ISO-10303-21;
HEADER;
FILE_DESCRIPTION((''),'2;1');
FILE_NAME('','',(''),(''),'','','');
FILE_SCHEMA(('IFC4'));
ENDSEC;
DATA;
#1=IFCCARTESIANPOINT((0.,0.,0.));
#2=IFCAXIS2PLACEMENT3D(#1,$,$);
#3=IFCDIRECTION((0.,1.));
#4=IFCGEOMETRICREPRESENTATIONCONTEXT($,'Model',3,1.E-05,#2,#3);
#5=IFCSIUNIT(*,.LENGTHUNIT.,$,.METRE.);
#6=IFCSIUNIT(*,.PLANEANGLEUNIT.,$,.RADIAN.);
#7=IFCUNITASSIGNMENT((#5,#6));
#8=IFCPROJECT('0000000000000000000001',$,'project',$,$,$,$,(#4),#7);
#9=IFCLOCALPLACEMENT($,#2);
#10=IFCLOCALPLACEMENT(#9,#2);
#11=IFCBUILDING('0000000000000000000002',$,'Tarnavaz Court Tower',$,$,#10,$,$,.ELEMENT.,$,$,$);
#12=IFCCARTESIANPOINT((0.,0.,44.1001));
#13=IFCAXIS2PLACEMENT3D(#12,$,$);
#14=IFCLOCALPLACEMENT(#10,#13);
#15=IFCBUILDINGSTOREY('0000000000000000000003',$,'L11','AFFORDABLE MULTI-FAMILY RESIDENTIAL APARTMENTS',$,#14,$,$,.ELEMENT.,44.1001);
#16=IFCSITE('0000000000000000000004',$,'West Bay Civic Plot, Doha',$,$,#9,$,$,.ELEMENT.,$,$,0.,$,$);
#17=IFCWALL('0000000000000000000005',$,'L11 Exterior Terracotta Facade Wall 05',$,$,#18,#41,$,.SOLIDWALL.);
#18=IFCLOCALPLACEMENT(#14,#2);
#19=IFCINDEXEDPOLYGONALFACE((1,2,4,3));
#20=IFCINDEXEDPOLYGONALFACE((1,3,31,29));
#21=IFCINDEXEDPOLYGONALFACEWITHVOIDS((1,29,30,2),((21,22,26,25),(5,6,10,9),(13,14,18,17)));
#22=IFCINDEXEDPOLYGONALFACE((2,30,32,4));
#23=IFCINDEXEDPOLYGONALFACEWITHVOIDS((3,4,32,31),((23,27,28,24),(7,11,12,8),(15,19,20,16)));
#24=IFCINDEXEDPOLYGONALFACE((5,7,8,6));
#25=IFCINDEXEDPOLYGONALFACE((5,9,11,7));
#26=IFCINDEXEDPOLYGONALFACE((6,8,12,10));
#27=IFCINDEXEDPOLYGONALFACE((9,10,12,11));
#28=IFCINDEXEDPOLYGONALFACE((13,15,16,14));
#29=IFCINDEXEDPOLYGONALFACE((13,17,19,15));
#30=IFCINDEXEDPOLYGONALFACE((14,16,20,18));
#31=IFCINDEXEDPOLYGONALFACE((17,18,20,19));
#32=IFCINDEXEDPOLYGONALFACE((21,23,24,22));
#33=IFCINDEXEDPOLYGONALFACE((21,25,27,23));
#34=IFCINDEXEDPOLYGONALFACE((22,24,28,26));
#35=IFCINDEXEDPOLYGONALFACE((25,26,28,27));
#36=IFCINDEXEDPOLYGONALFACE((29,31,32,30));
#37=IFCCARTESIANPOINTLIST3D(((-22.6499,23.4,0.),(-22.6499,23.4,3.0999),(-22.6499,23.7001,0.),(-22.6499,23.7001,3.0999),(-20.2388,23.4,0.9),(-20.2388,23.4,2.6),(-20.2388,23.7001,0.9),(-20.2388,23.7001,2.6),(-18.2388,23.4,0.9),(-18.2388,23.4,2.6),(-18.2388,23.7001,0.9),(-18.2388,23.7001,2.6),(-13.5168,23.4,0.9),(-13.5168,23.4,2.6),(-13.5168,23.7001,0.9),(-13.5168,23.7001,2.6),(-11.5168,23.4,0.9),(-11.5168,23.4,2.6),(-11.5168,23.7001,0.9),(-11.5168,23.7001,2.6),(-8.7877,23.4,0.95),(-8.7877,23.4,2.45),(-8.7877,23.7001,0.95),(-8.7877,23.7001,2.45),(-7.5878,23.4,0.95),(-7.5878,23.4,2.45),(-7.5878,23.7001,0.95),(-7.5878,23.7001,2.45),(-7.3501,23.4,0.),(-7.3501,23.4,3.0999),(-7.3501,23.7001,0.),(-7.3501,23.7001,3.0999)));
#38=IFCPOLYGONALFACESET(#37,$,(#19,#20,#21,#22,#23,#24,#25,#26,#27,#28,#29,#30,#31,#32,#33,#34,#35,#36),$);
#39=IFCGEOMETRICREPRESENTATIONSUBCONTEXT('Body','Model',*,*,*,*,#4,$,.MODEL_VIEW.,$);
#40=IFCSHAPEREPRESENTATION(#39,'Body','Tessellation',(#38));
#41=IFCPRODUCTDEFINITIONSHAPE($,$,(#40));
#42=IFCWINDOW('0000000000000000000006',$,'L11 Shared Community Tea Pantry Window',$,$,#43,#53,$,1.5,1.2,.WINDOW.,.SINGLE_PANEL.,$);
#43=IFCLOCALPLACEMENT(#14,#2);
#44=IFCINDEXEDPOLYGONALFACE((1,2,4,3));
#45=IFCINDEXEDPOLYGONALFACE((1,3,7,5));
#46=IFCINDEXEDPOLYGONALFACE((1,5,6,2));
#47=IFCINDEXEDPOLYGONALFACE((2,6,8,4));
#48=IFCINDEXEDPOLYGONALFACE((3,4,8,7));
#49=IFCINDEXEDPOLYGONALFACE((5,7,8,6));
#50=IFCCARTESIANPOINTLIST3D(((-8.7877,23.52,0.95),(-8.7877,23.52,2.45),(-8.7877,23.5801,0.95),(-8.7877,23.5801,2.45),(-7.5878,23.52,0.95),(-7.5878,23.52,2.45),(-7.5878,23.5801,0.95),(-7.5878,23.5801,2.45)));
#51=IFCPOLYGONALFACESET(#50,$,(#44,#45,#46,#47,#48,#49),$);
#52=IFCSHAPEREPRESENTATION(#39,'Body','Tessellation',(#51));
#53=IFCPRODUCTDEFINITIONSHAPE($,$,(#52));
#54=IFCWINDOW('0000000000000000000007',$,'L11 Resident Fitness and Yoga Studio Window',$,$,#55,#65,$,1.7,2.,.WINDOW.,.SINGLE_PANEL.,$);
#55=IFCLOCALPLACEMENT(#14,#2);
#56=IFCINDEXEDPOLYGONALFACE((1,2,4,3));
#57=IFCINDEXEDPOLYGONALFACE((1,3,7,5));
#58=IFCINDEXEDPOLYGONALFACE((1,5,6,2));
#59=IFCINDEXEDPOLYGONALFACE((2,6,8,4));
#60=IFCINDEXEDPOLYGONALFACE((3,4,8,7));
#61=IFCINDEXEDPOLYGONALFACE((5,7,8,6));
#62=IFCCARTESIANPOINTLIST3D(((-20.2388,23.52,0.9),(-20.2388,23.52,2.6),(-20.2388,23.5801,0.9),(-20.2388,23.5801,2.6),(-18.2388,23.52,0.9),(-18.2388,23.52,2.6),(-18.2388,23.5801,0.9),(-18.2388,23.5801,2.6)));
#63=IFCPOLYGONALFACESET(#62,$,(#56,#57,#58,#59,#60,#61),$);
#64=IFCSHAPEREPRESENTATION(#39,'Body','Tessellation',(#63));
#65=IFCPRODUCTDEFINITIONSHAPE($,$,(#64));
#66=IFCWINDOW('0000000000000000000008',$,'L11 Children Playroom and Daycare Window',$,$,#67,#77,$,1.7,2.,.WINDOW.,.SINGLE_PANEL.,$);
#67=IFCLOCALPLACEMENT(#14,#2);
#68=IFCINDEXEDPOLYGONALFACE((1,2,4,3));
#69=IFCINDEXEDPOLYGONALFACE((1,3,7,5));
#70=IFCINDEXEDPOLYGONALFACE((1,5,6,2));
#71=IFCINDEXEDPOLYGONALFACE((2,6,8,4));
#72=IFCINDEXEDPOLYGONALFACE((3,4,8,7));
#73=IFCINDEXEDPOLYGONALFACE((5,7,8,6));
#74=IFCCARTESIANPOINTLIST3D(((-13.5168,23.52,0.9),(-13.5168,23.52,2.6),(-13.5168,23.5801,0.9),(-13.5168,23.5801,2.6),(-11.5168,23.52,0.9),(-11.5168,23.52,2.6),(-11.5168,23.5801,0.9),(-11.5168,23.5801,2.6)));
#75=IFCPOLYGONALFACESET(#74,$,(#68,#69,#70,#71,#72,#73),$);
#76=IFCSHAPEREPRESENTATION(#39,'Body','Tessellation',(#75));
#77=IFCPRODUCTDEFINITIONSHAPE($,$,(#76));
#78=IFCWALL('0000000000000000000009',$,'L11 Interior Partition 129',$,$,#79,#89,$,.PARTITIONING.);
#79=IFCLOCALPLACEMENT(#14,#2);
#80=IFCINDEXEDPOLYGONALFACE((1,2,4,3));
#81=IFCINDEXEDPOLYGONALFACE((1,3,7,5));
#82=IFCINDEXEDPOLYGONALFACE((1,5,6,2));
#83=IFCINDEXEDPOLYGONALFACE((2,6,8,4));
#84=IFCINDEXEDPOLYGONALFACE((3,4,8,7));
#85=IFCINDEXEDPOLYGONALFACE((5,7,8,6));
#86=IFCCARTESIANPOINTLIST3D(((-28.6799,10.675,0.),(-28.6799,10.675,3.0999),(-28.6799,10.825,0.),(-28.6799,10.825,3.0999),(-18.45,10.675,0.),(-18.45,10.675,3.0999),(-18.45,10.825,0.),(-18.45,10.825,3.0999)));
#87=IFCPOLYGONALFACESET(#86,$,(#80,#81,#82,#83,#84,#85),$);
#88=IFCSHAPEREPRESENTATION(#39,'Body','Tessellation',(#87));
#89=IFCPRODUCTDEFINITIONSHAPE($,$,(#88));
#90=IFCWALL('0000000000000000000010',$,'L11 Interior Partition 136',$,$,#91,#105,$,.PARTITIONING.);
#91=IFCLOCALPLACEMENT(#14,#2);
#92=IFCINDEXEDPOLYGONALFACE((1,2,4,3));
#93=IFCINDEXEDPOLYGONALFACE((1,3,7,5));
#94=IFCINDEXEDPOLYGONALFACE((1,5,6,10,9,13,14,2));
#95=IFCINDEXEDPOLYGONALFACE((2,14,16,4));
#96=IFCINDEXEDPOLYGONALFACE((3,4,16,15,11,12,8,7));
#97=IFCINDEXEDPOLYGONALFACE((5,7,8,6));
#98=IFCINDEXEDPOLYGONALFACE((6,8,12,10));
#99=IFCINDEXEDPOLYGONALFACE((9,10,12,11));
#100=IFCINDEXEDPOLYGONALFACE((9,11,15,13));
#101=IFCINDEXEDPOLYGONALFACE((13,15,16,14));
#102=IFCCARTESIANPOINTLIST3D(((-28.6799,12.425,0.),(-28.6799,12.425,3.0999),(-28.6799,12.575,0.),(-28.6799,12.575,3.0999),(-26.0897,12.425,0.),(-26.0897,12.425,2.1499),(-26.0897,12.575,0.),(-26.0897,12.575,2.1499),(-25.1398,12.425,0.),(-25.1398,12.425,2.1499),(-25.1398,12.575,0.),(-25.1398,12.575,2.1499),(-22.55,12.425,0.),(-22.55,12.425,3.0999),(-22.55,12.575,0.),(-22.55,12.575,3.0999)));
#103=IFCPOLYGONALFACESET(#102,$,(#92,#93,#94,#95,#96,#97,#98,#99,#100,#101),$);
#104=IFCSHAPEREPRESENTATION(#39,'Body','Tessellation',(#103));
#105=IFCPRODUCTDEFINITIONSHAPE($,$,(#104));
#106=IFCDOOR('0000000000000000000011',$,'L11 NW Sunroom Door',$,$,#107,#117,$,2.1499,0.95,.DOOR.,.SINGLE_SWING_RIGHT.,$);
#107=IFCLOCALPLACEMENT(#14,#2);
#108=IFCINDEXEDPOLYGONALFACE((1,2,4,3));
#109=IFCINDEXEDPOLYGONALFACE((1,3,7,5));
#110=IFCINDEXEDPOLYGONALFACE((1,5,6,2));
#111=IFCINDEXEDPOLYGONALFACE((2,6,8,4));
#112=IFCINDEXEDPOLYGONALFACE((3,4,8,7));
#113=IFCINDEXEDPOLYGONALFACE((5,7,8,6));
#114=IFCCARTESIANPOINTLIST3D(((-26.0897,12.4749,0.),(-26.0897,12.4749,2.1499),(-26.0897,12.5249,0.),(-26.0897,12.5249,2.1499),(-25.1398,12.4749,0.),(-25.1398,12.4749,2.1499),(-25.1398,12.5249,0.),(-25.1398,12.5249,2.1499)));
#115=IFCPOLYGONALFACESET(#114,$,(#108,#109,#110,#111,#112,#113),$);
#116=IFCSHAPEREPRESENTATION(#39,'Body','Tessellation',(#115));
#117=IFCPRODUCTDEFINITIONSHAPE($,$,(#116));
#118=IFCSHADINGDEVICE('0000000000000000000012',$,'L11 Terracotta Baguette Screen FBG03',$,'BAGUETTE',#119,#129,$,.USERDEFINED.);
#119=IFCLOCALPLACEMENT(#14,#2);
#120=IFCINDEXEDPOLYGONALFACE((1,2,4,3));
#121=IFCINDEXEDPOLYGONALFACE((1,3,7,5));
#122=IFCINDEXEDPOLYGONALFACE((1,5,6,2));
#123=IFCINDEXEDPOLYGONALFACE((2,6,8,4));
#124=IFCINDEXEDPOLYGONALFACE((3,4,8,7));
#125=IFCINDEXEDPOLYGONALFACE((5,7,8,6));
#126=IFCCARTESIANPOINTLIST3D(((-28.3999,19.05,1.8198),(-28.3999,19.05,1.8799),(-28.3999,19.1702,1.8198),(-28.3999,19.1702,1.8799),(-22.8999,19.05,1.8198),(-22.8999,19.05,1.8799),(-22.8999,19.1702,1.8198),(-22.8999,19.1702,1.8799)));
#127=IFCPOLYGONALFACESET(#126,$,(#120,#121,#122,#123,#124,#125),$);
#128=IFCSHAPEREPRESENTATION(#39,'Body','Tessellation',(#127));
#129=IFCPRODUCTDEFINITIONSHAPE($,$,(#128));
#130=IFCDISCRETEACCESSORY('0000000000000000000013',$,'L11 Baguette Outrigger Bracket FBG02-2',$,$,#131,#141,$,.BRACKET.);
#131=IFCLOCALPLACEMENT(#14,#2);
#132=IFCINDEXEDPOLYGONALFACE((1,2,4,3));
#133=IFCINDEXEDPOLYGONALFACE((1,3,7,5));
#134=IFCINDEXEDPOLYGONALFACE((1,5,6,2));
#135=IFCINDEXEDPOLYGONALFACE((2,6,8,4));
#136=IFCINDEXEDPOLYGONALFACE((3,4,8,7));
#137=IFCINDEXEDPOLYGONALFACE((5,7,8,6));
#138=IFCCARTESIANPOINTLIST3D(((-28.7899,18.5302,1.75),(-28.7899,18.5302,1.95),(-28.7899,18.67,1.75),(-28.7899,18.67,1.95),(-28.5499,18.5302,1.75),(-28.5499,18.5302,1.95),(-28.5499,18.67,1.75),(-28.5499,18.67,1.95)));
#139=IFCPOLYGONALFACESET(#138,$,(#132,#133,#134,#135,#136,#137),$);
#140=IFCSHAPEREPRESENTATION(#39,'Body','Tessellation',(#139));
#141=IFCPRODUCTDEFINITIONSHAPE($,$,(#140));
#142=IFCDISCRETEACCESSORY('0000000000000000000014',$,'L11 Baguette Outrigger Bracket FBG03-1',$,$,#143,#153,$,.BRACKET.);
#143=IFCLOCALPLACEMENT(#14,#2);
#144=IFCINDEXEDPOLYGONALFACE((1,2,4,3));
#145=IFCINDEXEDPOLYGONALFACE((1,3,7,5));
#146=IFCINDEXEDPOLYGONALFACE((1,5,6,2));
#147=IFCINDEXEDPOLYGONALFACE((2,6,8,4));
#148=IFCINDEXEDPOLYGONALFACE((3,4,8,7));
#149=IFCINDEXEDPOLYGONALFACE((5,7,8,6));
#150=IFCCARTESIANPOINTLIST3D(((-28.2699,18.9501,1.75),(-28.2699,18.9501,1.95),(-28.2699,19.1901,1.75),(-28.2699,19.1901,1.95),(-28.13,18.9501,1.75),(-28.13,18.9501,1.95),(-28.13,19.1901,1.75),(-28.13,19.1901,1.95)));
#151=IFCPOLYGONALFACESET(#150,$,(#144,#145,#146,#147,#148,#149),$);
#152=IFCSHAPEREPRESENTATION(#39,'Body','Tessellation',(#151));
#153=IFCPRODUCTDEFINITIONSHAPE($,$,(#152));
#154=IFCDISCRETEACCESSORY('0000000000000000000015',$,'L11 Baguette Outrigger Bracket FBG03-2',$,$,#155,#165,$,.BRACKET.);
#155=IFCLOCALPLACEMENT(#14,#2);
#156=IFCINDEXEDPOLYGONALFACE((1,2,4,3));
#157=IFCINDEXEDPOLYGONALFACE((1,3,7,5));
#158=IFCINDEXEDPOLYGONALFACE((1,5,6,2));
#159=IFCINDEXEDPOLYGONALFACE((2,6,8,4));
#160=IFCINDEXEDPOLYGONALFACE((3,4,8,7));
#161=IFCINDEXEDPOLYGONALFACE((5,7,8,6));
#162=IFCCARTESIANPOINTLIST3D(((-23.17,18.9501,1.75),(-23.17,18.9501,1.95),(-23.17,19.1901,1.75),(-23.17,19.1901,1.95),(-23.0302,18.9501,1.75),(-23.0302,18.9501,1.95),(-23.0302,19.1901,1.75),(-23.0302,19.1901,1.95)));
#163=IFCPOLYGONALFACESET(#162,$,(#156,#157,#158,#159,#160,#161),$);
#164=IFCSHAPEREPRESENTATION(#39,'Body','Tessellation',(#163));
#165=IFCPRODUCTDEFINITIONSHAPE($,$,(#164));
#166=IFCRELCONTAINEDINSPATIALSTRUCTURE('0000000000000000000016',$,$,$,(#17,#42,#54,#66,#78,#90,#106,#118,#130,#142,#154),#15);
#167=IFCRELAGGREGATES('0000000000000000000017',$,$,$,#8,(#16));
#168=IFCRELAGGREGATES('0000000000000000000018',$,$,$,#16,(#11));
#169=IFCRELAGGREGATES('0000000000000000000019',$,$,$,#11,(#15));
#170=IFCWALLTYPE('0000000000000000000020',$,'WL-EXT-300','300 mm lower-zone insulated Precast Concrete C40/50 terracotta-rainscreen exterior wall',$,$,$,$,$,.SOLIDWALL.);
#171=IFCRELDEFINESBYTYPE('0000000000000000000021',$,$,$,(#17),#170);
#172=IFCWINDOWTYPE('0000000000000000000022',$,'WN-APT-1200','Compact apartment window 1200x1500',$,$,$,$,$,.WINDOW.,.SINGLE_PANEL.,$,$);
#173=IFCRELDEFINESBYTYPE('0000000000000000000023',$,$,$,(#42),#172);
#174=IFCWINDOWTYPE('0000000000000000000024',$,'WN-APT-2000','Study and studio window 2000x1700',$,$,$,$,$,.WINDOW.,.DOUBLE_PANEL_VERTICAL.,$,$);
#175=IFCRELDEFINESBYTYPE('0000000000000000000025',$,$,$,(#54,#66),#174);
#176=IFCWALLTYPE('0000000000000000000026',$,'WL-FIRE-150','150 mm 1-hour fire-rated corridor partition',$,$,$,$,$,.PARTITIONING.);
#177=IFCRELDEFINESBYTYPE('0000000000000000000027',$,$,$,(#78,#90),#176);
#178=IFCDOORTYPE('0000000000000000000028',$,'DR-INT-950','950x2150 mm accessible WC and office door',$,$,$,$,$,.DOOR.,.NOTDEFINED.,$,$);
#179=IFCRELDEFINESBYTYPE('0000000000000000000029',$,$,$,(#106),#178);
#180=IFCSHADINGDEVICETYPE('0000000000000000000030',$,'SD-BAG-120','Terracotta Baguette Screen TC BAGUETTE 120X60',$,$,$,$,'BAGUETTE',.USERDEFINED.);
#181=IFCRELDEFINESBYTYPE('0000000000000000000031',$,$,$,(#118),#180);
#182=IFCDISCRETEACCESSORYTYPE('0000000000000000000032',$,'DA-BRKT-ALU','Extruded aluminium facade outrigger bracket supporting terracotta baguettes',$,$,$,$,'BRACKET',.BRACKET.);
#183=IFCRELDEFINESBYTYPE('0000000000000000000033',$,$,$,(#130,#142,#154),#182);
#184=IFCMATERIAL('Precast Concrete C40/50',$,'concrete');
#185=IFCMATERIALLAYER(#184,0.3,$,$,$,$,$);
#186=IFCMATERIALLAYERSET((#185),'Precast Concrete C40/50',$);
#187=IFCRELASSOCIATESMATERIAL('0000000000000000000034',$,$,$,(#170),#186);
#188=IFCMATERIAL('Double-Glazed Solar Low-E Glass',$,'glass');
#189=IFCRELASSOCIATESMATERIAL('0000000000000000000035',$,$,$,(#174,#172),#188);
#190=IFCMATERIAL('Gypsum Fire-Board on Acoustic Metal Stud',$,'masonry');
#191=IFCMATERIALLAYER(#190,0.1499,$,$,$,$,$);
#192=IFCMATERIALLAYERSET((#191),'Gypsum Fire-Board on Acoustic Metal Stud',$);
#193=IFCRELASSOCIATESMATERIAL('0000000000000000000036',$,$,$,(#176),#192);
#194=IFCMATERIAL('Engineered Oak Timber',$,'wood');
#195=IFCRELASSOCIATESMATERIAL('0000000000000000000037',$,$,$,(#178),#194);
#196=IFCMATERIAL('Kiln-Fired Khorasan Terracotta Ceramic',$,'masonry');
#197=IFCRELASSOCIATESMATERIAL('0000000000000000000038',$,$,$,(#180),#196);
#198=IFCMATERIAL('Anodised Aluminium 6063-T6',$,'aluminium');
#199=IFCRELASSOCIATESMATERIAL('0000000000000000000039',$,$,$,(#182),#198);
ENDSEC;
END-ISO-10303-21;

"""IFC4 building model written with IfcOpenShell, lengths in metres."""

from ifc_helpers import new_model, si_unit, direction, frame, frame_2d, origin, origin_2d, place, context, subcontext, project, spatial, rectangle, extrude, material, layer, layer_set, material_profile, profile_set, type_object, element, fill, save


model = new_model("IFC4")

# Units and contexts
model_context = context("Model", 3, precision=1e-05, world=origin(), true_north=direction((0.0, 1.0)))
body_context = subcontext(model_context, "Body", "Model", "MODEL_VIEW")
ifc_project = project(units=[si_unit("LENGTHUNIT", "METRE"), si_unit("PLANEANGLEUNIT", "RADIAN")], contexts=[model_context])

# Site, building, storey
site_placement = place(None, origin())
site = spatial("IfcSite", under=ifc_project, at=site_placement, Name="West Bay Civic Plot, Doha", CompositionType="ELEMENT", RefElevation=0.0)
building_placement = place(site_placement, origin())
building = spatial("IfcBuilding", under=site, at=building_placement, Name="Tarnavaz Court Tower", CompositionType="ELEMENT")
storey_placement = place(building_placement, frame((0.0, 0.0, 44.1001)))
storey = spatial("IfcBuildingStorey", under=building, at=storey_placement, Name="L11", Description="AFFORDABLE MULTI-FAMILY RESIDENTIAL APARTMENTS", CompositionType="ELEMENT", Elevation=44.1001)

# Shared definitions
ifc_material_1 = material(Name="Precast Concrete C40/50", Category="concrete")
ifc_layer_1 = layer(ifc_material_1, 0.3)
ifc_layer_set_1 = layer_set([ifc_layer_1], Name="Precast Concrete C40/50")
wall_type_1 = type_object("IfcWallType", Name="WL-EXT-300", Description="300 mm lower-zone insulated Precast Concrete C40/50 terracotta-rainscreen exterior wall", PredefinedType="SOLIDWALL", material=ifc_layer_set_1)
ifc_material_2 = material(Name="Double-Glazed Solar Low-E Glass", Category="glass")
window_type_1 = type_object("IfcWindowType", Name="WN-APT-2000", Description="Study and studio window 2000x1700", PartitioningType="DOUBLE_PANEL_VERTICAL", PredefinedType="WINDOW", material=ifc_material_2)

# Wall, openings, windows
wall_1_placement = place(storey_placement, frame((-22.6499, 23.55, 0.0), z_axis=(0.0, 0.0, 1.0), x_axis=(1.0, 0.0, 0.0)))
wall_1 = element("IfcWall", 1, at=wall_1_placement, inside=storey, type_object=wall_type_1, Name="L11 Exterior Terracotta Facade Wall 05", PredefinedType="SOLIDWALL", context=body_context, shape_type="SweptSolid", body=[
    extrude(rectangle(XDim=15.2998, YDim=0.3, at=frame_2d((7.6499, 0.0))), origin(), (0.0, 0.0, 1.0), 3.0999),
])
opening_1_placement = place(wall_1_placement, frame((2.4111, 0.0, 0.8999)))
opening_1 = element("IfcOpeningElement", 2, at=opening_1_placement, cuts=wall_1, PredefinedType="OPENING", context=body_context, shape_type="SweptSolid", body=[
    extrude(rectangle(XDim=2.0, YDim=1.7, at=frame_2d((1.0, 0.8501))), frame((0.0, 0.1599, 0.0), z_axis=(0.0, -1.0, 0.0), x_axis=(1.0, 0.0, 0.0)), (0.0, 0.0, 1.0), 0.3201),
])
opening_2_placement = place(wall_1_placement, frame((9.1331, 0.0, 0.8999)))
opening_2 = element("IfcOpeningElement", 3, at=opening_2_placement, cuts=wall_1, PredefinedType="OPENING", context=body_context, shape_type="SweptSolid", body=[
    extrude(rectangle(XDim=2.0, YDim=1.7, at=frame_2d((1.0, 0.8501))), frame((0.0, 0.1599, 0.0), z_axis=(0.0, -1.0, 0.0), x_axis=(1.0, 0.0, 0.0)), (0.0, 0.0, 1.0), 0.3201),
])
opening_3_placement = place(wall_1_placement, frame((13.8621, 0.0, 0.95)))
opening_3 = element("IfcOpeningElement", 4, at=opening_3_placement, cuts=wall_1, PredefinedType="OPENING", context=body_context, shape_type="SweptSolid", body=[
    extrude(rectangle(XDim=1.2, YDim=1.5, at=frame_2d((0.6001, 0.75))), frame((0.0, 0.1599, 0.0), z_axis=(0.0, -1.0, 0.0), x_axis=(1.0, 0.0, 0.0)), (0.0, 0.0, 1.0), 0.3201),
])
window_type_2 = type_object("IfcWindowType", Name="WN-APT-1200", Description="Compact apartment window 1200x1500", PartitioningType="SINGLE_PANEL", PredefinedType="WINDOW", material=ifc_material_2)
window_1_placement = place(opening_3_placement, origin())
window_1 = element("IfcWindow", 5, at=window_1_placement, inside=storey, type_object=window_type_2, Name="L11 Shared Community Tea Pantry Window", OverallHeight=1.5, OverallWidth=1.2, PartitioningType="SINGLE_PANEL", PredefinedType="WINDOW", context=body_context, shape_type="SweptSolid", body=[
    extrude(rectangle(XDim=1.2, YDim=1.5, at=frame_2d((0.6001, 0.75))), frame((0.0, 0.03, 0.0), z_axis=(0.0, -1.0, 0.0), x_axis=(1.0, 0.0, 0.0)), (0.0, 0.0, 1.0), 0.0601),
])
fill(opening_3, window_1)
window_2_placement = place(opening_1_placement, origin())
window_2 = element("IfcWindow", 6, at=window_2_placement, inside=storey, type_object=window_type_1, Name="L11 Resident Fitness and Yoga Studio Window", OverallHeight=1.7, OverallWidth=2.0, PartitioningType="SINGLE_PANEL", PredefinedType="WINDOW", context=body_context, shape_type="SweptSolid", body=[
    extrude(rectangle(XDim=2.0, YDim=1.7, at=frame_2d((1.0, 0.8501))), frame((0.0, 0.03, 0.0), z_axis=(0.0, -1.0, 0.0), x_axis=(1.0, 0.0, 0.0)), (0.0, 0.0, 1.0), 0.0601),
])
fill(opening_1, window_2)
window_3_placement = place(opening_2_placement, origin())
window_3 = element("IfcWindow", 7, at=window_3_placement, inside=storey, type_object=window_type_1, Name="L11 Children Playroom and Daycare Window", OverallHeight=1.7, OverallWidth=2.0, PartitioningType="SINGLE_PANEL", PredefinedType="WINDOW", context=body_context, shape_type="SweptSolid", body=[
    extrude(rectangle(XDim=2.0, YDim=1.7, at=frame_2d((1.0, 0.8501))), frame((0.0, 0.03, 0.0), z_axis=(0.0, -1.0, 0.0), x_axis=(1.0, 0.0, 0.0)), (0.0, 0.0, 1.0), 0.0601),
])
fill(opening_2, window_3)

# Wall
ifc_material_3 = material(Name="Gypsum Fire-Board on Acoustic Metal Stud", Category="masonry")
ifc_layer_2 = layer(ifc_material_3, 0.1499)
ifc_layer_set_2 = layer_set([ifc_layer_2], Name="Gypsum Fire-Board on Acoustic Metal Stud")
wall_type_2 = type_object("IfcWallType", Name="WL-FIRE-150", Description="150 mm 1-hour fire-rated corridor partition", PredefinedType="PARTITIONING", material=ifc_layer_set_2)
wall_2_placement = place(storey_placement, frame((-28.6799, 10.75, 0.0), z_axis=(0.0, 0.0, 1.0), x_axis=(1.0, 0.0, 0.0)))
element("IfcWall", 8, at=wall_2_placement, inside=storey, type_object=wall_type_2, Name="L11 Interior Partition 129", PredefinedType="PARTITIONING", context=body_context, shape_type="SweptSolid", body=[
    extrude(rectangle(XDim=10.23, YDim=0.1499, at=frame_2d((5.115, 0.0))), origin(), (0.0, 0.0, 1.0), 3.0999),
])

# Wall, opening, door
wall_3_placement = place(storey_placement, frame((-28.6799, 12.5, 0.0), z_axis=(0.0, 0.0, 1.0), x_axis=(1.0, 0.0, 0.0)))
wall_3 = element("IfcWall", 9, at=wall_3_placement, inside=storey, type_object=wall_type_2, Name="L11 Interior Partition 136", PredefinedType="PARTITIONING", context=body_context, shape_type="SweptSolid", body=[
    extrude(rectangle(XDim=6.1299, YDim=0.1499, at=frame_2d((3.0649, 0.0))), origin(), (0.0, 0.0, 1.0), 3.0999),
])
opening_4_placement = place(wall_3_placement, frame((2.5901, 0.0, 0.0)))
opening_4 = element("IfcOpeningElement", 10, at=opening_4_placement, cuts=wall_3, PredefinedType="OPENING", context=body_context, shape_type="SweptSolid", body=[
    extrude(rectangle(XDim=0.95, YDim=2.1499, at=frame_2d((0.4751, 1.075))), frame((0.0, 0.085, 0.0), z_axis=(0.0, -1.0, 0.0), x_axis=(1.0, 0.0, 0.0)), (0.0, 0.0, 1.0), 0.1699),
])
ifc_material_4 = material(Name="Engineered Oak Timber", Category="wood")
door_type = type_object("IfcDoorType", Name="DR-INT-950", Description="950x2150 mm accessible WC and office door", OperationType="NOTDEFINED", PredefinedType="DOOR", material=ifc_material_4)
door_placement = place(opening_4_placement, origin())
door = element("IfcDoor", 11, at=door_placement, inside=storey, type_object=door_type, Name="L11 NW Sunroom Door", OperationType="SINGLE_SWING_RIGHT", OverallHeight=2.1499, OverallWidth=0.95, PredefinedType="DOOR", context=body_context, shape_type="SweptSolid", body=[
    extrude(rectangle(XDim=0.95, YDim=2.1499, at=frame_2d((0.4751, 1.075))), frame((0.0, 0.0249, 0.0), z_axis=(0.0, -1.0, 0.0), x_axis=(1.0, 0.0, 0.0)), (0.0, 0.0, 1.0), 0.05),
])
fill(opening_4, door)

# Shading device
ifc_material_5 = material(Name="Kiln-Fired Khorasan Terracotta Ceramic", Category="masonry")
ifc_material_profile_1 = material_profile(ifc_material_5, rectangle(XDim=0.1201, YDim=0.0601, at=origin_2d()), Name="TC BAGUETTE 120X60")
ifc_profile_set_1 = profile_set([ifc_material_profile_1], Name="Kiln-Fired Khorasan Terracotta Ceramic")
shading_device_type = type_object("IfcShadingDeviceType", Name="SD-BAG-120", Description="Terracotta Baguette Screen TC BAGUETTE 120X60", ElementType="BAGUETTE", PredefinedType="USERDEFINED", material=ifc_profile_set_1)
shading_device_placement = place(storey_placement, frame((-28.3999, 19.1101, 1.8499), z_axis=(1.0, 0.0, 0.0), x_axis=(0.0, 1.0, 0.0)))
element("IfcShadingDevice", 12, at=shading_device_placement, inside=storey, type_object=shading_device_type, Name="L11 Terracotta Baguette Screen FBG03", ObjectType="BAGUETTE", PredefinedType="USERDEFINED", context=body_context, shape_type="SweptSolid", body=[
    extrude(rectangle(XDim=0.1201, YDim=0.0601, at=origin_2d()), origin(), (0.0, 0.0, 1.0), 5.5),
])

# Discrete accessories
ifc_material_6 = material(Name="Anodised Aluminium 6063-T6", Category="aluminium")
discrete_accessory_type = type_object("IfcDiscreteAccessoryType", Name="DA-BRKT-ALU", Description="Extruded aluminium facade outrigger bracket supporting terracotta baguettes", ElementType="BRACKET", PredefinedType="BRACKET", material=ifc_material_6)
for number, where, z_axis, x_axis, name in (
    (13, (-28.6699, 18.6001, 1.75), (0.0, 0.0, 1.0), (0.0, 1.0, 0.0), "L11 Baguette Outrigger Bracket FBG02-2"),
    (14, (-28.2, 19.0701, 1.75), (0.0, 0.0, 1.0), (1.0, 0.0, 0.0), "L11 Baguette Outrigger Bracket FBG03-1"),
    (15, (-23.1001, 19.0701, 1.75), (0.0, 0.0, 1.0), (1.0, 0.0, 0.0), "L11 Baguette Outrigger Bracket FBG03-2"),
):
    element("IfcDiscreteAccessory", number, at=place(storey_placement, frame(where, z_axis=z_axis, x_axis=x_axis)), inside=storey, type_object=discrete_accessory_type, Name=name, PredefinedType="BRACKET", context=body_context, shape_type="SweptSolid", body=[
        extrude(rectangle(XDim=0.1399, YDim=0.24, at=origin_2d()), origin(), (0.0, 0.0, 1.0), 0.2),
    ])

save(model, "model.ifc")
